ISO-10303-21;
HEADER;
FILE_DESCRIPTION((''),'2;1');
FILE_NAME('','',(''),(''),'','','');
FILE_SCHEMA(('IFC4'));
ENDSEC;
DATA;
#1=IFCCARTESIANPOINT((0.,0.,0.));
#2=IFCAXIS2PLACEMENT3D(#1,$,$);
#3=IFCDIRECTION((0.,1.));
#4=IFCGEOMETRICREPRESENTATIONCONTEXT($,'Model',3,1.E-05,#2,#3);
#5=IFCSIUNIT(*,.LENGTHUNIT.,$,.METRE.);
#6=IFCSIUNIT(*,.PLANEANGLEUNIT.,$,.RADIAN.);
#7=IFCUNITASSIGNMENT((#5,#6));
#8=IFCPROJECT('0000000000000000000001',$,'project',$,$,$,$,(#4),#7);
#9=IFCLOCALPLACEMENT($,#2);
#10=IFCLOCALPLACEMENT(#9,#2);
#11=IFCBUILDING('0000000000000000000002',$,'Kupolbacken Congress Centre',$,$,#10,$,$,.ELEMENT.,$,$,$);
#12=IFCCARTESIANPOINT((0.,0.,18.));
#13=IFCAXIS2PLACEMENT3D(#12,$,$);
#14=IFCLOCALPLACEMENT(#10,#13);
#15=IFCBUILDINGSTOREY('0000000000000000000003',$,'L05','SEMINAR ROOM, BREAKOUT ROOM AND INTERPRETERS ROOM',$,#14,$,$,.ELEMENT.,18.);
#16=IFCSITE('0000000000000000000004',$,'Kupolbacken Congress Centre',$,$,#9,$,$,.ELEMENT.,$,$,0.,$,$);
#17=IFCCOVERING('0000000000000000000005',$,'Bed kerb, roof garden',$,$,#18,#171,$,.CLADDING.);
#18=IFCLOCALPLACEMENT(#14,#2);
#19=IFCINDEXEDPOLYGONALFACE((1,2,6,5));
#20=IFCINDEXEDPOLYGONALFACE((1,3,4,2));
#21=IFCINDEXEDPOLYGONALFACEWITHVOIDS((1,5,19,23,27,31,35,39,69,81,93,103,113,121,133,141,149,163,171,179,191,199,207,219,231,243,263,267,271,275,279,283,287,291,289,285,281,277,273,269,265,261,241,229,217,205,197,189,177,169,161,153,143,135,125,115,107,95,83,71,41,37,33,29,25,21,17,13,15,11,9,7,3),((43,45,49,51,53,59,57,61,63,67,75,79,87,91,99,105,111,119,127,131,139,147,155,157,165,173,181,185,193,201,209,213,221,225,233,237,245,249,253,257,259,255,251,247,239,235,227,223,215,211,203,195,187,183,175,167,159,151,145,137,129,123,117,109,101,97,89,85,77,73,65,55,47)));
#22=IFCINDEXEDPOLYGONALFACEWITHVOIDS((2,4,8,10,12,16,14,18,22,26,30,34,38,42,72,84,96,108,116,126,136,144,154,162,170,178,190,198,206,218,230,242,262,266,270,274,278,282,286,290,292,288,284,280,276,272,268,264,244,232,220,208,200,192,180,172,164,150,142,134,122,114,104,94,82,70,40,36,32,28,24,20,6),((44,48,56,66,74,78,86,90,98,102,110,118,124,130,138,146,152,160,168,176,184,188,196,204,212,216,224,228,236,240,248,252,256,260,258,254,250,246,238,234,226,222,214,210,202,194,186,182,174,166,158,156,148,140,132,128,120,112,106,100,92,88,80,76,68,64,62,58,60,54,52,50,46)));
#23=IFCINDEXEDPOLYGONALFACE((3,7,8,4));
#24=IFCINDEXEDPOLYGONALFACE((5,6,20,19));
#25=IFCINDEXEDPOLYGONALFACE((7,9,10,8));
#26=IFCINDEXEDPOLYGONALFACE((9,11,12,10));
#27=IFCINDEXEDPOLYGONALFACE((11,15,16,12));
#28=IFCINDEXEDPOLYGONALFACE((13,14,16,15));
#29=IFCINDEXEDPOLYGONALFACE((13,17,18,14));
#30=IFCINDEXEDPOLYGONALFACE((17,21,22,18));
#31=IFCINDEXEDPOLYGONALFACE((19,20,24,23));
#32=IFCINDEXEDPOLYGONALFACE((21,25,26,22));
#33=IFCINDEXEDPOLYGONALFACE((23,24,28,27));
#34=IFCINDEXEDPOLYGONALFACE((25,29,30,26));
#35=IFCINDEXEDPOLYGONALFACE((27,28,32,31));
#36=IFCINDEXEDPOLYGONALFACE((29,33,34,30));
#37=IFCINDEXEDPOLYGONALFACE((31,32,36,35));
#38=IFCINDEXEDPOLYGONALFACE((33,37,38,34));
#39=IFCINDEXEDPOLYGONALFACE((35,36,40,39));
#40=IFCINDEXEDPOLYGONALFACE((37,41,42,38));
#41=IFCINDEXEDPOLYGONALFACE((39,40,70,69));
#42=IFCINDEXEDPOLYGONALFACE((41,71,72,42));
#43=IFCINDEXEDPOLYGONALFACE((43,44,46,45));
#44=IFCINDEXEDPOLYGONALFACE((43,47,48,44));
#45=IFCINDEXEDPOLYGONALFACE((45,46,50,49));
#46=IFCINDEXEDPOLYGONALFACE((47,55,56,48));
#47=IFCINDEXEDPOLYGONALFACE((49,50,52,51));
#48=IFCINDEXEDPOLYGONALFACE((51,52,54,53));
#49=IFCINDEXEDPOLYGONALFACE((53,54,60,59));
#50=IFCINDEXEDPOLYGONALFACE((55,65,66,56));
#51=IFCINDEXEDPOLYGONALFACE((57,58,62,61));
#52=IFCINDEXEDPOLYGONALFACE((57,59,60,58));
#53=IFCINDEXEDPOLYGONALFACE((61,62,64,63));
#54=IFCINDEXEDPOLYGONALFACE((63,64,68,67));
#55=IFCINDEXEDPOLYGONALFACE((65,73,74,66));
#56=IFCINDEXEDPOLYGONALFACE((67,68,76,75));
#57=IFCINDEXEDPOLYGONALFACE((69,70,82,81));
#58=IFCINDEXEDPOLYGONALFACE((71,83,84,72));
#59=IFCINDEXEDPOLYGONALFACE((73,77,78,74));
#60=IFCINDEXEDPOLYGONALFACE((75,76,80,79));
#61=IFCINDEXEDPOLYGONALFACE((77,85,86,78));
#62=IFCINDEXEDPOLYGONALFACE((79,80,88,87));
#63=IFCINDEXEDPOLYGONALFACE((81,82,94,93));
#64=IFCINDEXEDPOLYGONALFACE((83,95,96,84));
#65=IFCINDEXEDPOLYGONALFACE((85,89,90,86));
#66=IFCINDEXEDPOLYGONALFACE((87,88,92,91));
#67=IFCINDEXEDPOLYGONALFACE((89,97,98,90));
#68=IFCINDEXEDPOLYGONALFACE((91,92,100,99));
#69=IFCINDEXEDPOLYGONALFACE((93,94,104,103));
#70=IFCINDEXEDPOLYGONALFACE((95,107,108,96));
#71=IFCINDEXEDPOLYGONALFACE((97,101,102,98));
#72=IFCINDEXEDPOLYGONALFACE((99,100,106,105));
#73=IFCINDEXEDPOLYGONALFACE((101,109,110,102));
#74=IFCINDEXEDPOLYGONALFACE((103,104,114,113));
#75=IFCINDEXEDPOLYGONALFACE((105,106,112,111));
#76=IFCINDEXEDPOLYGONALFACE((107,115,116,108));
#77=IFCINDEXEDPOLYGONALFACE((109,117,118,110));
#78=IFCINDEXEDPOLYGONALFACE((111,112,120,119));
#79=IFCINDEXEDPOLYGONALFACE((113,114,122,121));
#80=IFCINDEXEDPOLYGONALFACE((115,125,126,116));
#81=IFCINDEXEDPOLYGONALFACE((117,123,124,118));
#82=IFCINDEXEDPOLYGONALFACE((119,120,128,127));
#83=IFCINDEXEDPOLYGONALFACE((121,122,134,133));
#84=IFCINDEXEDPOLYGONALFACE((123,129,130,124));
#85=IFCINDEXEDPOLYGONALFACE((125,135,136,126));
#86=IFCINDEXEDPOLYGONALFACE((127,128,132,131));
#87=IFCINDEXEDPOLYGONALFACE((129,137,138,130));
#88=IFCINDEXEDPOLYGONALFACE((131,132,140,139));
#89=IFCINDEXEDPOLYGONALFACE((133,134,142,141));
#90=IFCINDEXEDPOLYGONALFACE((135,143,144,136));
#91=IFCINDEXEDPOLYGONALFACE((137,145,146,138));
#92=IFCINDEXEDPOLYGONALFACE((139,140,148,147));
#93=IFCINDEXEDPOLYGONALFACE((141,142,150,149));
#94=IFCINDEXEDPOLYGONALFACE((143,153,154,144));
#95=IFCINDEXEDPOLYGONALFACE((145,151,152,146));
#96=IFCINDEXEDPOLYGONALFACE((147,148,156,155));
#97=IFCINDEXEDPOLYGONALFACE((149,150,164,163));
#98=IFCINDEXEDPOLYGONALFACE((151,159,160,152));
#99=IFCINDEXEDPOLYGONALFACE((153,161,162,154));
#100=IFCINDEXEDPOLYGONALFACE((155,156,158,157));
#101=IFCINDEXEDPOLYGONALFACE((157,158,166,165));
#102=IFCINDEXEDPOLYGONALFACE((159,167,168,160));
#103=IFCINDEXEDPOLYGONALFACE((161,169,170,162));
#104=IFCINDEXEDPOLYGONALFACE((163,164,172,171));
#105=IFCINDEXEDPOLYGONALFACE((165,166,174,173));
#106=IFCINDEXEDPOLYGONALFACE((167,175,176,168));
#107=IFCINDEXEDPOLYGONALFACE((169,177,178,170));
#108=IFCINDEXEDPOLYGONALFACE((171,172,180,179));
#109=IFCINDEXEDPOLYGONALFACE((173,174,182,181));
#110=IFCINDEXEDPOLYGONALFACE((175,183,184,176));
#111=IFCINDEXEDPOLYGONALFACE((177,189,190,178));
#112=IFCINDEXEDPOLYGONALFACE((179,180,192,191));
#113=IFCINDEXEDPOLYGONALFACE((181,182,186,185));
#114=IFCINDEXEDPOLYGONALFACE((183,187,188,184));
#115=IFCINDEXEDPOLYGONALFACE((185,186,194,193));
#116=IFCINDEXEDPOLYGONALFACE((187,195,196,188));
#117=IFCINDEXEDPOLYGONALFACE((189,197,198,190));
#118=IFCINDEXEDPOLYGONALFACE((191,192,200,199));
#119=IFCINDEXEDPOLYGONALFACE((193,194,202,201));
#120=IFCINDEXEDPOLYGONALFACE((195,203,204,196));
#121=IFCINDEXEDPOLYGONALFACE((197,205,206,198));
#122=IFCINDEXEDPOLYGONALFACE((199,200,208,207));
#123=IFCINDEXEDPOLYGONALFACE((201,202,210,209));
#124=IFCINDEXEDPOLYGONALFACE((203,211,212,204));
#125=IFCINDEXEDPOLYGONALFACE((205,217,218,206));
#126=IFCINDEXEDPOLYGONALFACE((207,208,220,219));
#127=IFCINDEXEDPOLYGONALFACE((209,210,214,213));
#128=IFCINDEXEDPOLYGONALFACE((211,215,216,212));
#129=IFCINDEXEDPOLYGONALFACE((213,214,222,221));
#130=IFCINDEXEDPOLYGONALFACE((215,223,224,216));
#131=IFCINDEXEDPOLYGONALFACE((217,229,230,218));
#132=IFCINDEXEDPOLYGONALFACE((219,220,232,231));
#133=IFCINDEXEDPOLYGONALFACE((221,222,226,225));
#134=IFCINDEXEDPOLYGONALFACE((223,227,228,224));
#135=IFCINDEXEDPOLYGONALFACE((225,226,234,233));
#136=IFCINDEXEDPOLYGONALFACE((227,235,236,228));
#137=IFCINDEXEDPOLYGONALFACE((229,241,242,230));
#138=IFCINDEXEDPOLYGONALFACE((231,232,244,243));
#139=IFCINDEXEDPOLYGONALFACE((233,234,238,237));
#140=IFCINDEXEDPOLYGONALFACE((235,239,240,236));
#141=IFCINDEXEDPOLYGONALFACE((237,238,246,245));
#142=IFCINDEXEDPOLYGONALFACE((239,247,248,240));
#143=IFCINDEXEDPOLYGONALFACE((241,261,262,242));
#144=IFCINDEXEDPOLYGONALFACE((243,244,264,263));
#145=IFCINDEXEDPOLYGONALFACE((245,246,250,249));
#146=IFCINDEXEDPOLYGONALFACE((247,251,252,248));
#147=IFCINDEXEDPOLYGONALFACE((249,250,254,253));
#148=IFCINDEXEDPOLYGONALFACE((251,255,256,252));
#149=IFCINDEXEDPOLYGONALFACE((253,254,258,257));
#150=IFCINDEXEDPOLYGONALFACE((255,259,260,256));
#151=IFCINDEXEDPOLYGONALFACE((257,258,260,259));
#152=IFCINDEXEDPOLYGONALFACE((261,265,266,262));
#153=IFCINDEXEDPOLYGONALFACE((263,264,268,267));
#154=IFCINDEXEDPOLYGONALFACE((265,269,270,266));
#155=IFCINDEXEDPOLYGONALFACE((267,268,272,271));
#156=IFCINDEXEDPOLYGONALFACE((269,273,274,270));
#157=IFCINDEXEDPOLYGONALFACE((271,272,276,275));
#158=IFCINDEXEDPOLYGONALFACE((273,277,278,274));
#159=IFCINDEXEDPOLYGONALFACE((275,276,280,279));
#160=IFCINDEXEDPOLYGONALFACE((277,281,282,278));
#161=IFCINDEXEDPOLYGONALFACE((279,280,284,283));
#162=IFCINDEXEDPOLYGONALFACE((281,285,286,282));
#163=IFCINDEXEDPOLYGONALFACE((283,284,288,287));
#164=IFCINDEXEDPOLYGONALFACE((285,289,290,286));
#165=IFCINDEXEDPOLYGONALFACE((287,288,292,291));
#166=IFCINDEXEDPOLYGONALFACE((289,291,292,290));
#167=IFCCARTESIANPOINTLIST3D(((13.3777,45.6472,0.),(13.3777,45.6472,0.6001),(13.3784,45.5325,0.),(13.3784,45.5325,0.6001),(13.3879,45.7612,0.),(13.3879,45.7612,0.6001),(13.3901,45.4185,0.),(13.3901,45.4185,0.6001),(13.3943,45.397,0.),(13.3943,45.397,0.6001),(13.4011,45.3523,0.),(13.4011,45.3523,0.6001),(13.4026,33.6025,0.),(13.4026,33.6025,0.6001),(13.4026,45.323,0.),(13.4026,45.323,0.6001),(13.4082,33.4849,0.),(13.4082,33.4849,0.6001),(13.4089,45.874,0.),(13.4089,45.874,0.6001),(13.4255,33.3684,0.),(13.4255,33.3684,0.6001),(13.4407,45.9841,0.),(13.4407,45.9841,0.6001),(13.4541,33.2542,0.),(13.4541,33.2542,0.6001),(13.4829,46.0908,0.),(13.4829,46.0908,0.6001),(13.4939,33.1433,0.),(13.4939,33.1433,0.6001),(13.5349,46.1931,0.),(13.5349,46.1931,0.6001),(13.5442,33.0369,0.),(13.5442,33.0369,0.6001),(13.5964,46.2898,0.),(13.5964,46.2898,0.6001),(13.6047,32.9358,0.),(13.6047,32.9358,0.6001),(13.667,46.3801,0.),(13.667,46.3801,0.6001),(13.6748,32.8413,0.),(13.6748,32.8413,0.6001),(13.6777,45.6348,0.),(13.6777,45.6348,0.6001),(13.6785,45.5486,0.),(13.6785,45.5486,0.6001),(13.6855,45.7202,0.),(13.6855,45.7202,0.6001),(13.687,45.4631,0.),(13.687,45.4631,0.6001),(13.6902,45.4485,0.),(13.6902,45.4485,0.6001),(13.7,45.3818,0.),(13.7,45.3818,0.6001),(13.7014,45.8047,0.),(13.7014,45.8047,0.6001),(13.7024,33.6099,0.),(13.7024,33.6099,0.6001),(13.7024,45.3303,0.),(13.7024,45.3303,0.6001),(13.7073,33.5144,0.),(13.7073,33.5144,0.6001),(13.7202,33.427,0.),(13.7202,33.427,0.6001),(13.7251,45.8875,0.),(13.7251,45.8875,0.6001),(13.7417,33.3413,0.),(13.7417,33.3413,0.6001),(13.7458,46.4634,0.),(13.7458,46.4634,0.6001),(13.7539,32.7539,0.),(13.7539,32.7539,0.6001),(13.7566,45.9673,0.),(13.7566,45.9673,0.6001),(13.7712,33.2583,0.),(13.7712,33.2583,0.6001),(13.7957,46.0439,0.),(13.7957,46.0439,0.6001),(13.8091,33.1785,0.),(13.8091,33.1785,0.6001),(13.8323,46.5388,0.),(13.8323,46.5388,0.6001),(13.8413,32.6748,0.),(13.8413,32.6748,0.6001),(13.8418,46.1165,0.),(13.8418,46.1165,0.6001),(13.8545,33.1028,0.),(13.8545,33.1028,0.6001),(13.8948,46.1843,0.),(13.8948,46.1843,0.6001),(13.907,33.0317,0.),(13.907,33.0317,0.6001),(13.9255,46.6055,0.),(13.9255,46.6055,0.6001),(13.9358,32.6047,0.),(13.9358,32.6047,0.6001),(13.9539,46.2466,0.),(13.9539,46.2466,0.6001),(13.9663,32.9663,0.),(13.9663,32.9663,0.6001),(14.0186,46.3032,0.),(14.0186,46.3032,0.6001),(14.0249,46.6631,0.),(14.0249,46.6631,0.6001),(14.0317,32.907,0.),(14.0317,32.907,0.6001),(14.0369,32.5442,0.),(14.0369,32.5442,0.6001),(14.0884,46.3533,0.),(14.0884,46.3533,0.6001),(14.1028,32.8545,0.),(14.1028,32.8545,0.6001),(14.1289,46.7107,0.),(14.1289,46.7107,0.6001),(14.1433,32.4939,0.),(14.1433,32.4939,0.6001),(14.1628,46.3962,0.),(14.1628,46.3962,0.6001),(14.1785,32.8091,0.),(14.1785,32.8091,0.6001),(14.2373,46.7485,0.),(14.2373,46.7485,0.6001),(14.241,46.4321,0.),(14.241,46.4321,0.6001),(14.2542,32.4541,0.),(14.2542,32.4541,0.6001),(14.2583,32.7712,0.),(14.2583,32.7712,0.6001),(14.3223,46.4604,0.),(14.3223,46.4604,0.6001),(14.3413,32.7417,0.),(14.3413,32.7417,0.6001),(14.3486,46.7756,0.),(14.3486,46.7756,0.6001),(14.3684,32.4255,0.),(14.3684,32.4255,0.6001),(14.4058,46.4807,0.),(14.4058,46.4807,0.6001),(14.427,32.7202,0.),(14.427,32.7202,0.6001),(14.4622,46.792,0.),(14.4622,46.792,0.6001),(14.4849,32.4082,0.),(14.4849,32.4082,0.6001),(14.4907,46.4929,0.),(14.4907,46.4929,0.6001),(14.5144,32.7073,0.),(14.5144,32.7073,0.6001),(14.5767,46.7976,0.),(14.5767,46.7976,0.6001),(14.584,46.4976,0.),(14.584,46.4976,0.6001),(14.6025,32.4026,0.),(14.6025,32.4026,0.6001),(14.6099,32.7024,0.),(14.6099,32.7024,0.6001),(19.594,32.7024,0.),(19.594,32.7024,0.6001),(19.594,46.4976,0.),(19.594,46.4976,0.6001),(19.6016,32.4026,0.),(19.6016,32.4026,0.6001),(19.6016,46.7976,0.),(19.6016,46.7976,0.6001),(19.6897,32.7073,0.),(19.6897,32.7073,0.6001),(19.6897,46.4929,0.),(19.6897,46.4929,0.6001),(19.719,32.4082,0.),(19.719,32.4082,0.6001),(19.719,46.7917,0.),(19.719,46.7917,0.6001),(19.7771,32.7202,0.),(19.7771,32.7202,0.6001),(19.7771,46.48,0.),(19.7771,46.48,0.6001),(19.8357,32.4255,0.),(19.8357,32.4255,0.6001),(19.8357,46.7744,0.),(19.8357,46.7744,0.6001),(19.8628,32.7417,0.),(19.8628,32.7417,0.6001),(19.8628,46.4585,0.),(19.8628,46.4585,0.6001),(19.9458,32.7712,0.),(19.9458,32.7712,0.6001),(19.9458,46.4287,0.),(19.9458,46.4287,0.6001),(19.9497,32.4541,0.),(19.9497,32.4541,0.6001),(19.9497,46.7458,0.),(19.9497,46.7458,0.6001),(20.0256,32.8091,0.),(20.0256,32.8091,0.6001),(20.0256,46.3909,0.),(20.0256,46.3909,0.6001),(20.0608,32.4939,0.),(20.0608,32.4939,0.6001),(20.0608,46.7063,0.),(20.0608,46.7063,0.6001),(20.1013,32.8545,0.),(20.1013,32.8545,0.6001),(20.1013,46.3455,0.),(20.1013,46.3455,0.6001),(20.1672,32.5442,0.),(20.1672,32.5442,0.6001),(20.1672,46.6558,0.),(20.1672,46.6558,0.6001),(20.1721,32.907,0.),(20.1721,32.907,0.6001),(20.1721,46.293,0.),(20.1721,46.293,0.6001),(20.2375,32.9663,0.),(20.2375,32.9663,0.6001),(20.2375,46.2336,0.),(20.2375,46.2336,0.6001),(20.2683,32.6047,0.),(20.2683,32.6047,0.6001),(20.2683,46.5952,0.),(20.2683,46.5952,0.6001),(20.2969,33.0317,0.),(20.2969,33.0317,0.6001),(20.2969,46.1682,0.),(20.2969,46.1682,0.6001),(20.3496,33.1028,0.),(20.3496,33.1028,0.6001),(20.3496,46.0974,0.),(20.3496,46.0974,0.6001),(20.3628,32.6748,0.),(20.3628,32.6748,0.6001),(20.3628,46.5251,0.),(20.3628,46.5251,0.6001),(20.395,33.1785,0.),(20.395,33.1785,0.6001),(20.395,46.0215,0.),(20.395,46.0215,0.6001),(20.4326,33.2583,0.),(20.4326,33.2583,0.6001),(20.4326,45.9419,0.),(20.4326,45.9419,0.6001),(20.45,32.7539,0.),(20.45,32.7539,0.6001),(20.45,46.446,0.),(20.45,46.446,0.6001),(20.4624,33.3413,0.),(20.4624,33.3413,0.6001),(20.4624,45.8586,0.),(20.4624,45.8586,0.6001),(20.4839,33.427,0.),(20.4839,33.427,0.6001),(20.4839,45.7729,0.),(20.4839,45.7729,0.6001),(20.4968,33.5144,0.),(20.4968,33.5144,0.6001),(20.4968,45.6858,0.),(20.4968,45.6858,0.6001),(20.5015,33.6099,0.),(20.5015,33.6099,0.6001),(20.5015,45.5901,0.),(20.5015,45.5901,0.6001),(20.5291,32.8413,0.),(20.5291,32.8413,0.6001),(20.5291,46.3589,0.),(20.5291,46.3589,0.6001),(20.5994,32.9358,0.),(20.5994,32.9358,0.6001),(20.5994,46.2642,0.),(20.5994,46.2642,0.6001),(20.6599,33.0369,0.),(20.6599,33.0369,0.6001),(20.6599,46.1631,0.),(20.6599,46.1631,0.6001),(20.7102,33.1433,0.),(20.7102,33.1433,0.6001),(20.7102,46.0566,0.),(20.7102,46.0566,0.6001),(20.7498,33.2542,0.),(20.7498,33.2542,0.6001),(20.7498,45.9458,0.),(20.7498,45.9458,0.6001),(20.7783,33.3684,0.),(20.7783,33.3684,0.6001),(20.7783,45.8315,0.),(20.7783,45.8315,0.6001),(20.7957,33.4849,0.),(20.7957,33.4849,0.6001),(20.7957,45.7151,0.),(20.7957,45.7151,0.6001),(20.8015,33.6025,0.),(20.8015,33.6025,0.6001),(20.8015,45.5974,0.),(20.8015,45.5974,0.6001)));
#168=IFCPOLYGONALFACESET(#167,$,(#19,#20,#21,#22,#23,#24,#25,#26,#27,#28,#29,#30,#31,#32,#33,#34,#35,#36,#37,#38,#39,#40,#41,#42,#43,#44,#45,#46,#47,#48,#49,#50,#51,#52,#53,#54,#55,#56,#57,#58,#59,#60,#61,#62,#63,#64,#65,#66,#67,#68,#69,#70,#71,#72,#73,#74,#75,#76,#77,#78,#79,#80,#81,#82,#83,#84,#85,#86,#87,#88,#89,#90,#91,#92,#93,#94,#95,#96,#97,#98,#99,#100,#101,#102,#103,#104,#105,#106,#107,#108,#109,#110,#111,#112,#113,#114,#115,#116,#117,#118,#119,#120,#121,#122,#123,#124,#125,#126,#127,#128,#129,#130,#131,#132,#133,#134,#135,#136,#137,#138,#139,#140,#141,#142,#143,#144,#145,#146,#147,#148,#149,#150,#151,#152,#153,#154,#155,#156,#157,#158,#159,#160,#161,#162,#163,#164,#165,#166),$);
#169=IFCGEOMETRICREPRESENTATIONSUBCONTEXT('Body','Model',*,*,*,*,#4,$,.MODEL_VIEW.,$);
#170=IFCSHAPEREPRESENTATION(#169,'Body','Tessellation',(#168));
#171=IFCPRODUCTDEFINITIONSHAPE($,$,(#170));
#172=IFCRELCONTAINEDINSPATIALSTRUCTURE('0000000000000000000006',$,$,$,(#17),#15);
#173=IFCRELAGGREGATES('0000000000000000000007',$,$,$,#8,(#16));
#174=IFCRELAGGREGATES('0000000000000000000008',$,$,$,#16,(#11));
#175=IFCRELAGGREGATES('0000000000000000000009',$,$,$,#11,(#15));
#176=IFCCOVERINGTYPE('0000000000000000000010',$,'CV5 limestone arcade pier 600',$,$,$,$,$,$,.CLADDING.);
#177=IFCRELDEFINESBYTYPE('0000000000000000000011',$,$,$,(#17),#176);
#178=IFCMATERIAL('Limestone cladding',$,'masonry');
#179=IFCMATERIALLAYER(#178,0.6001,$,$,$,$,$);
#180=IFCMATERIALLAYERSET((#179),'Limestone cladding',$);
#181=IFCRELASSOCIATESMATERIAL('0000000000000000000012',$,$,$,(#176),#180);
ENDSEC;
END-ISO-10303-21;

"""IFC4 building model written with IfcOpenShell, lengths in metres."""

from ifc_helpers import new_model, si_unit, direction, frame, origin, place, context, subcontext, project, spatial, polyline, outline, extrude, material, layer, layer_set, type_object, element, save


model = new_model("IFC4")

# Units and contexts
model_context = context("Model", 3, precision=1e-05, world=origin(), true_north=direction((0.0, 1.0)))
body_context = subcontext(model_context, "Body", "Model", "MODEL_VIEW")
ifc_project = project(units=[si_unit("LENGTHUNIT", "METRE"), si_unit("PLANEANGLEUNIT", "RADIAN")], contexts=[model_context])

# Site, building, storey
site_placement = place(None, origin())
site = spatial("IfcSite", under=ifc_project, at=site_placement, Name="Kupolbacken Congress Centre", CompositionType="ELEMENT", RefElevation=0.0)
building_placement = place(site_placement, origin())
building = spatial("IfcBuilding", under=site, at=building_placement, Name="Kupolbacken Congress Centre", CompositionType="ELEMENT")
storey_placement = place(building_placement, frame((0.0, 0.0, 18.0)))
storey = spatial("IfcBuildingStorey", under=building, at=storey_placement, Name="L05", Description="SEMINAR ROOM, BREAKOUT ROOM AND INTERPRETERS ROOM", CompositionType="ELEMENT", Elevation=18.0)

# Covering
ifc_material_1 = material(Name="Limestone cladding", Category="masonry")
ifc_layer_1 = layer(ifc_material_1, 0.6001)
ifc_layer_set_1 = layer_set([ifc_layer_1], Name="Limestone cladding")
covering_type_1 = type_object("IfcCoveringType", Name="CV5 limestone arcade pier 600", PredefinedType="CLADDING", material=ifc_layer_set_1)
covering_1_placement = place(storey_placement, origin())
element("IfcCovering", 1, at=covering_1_placement, inside=storey, type_object=covering_type_1, Name="Bed kerb, roof garden", PredefinedType="CLADDING", context=body_context, shape_type="SweptSolid", body=[
    extrude(outline(polyline([(13.3901, 45.4185), (13.3784, 45.5325), (13.3777, 45.6472), (13.3879, 45.7612), (13.4089, 45.874), (13.4407, 45.9841), (13.4829, 46.0908), (13.5349, 46.1931), (13.5964, 46.2898), (13.667, 46.3801), (13.7458, 46.4634), (13.8323, 46.5388), (13.9255, 46.6055), (14.0249, 46.6631), (14.1289, 46.7107), (14.2373, 46.7485), (14.3486, 46.7756), (14.4622, 46.792), (14.5767, 46.7976), (19.6016, 46.7976), (19.719, 46.7917), (19.8357, 46.7744), (19.9497, 46.7458), (20.0608, 46.7063), (20.1672, 46.6558), (20.2683, 46.5952), (20.3628, 46.5251), (20.45, 46.446), (20.5291, 46.3589), (20.5994, 46.2642), (20.6599, 46.1631), (20.7102, 46.0566), (20.7498, 45.9458), (20.7783, 45.8315), (20.7957, 45.7151), (20.8015, 45.5974), (20.8015, 33.6025), (20.7957, 33.4849), (20.7783, 33.3684), (20.7498, 33.2542), (20.7102, 33.1433), (20.6599, 33.0369), (20.5994, 32.9358), (20.5291, 32.8413), (20.45, 32.7539), (20.3628, 32.6748), (20.2683, 32.6047), (20.1672, 32.5442), (20.0608, 32.4939), (19.9497, 32.4541), (19.8357, 32.4255), (19.719, 32.4082), (19.6016, 32.4026), (14.6025, 32.4026), (14.4849, 32.4082), (14.3684, 32.4255), (14.2542, 32.4541), (14.1433, 32.4939), (14.0369, 32.5442), (13.9358, 32.6047), (13.8413, 32.6748), (13.7539, 32.7539), (13.6748, 32.8413), (13.6047, 32.9358), (13.5442, 33.0369), (13.4939, 33.1433), (13.4541, 33.2542), (13.4255, 33.3684), (13.4082, 33.4849), (13.4026, 33.6025), (13.4026, 45.323), (13.4011, 45.3523), (13.3943, 45.397), (13.3901, 45.4185)]), holes=[polyline([(13.7, 45.3818), (13.7024, 45.3303), (13.7024, 33.6099), (13.7073, 33.5144), (13.7202, 33.427), (13.7417, 33.3413), (13.7712, 33.2583), (13.8091, 33.1785), (13.8545, 33.1028), (13.907, 33.0317), (13.9663, 32.9663), (14.0317, 32.907), (14.1028, 32.8545), (14.1785, 32.8091), (14.2583, 32.7712), (14.3413, 32.7417), (14.427, 32.7202), (14.5144, 32.7073), (14.6099, 32.7024), (19.594, 32.7024), (19.6897, 32.7073), (19.7771, 32.7202), (19.8628, 32.7417), (19.9458, 32.7712), (20.0256, 32.8091), (20.1013, 32.8545), (20.1721, 32.907), (20.2375, 32.9663), (20.2969, 33.0317), (20.3496, 33.1028), (20.395, 33.1785), (20.4326, 33.2583), (20.4624, 33.3413), (20.4839, 33.427), (20.4968, 33.5144), (20.5015, 33.6099), (20.5015, 45.5901), (20.4968, 45.6858), (20.4839, 45.7729), (20.4624, 45.8586), (20.4326, 45.9419), (20.395, 46.0215), (20.3496, 46.0974), (20.2969, 46.1682), (20.2375, 46.2336), (20.1721, 46.293), (20.1013, 46.3455), (20.0256, 46.3909), (19.9458, 46.4287), (19.8628, 46.4585), (19.7771, 46.48), (19.6897, 46.4929), (19.594, 46.4976), (14.584, 46.4976), (14.4907, 46.4929), (14.4058, 46.4807), (14.3223, 46.4604), (14.241, 46.4321), (14.1628, 46.3962), (14.0884, 46.3533), (14.0186, 46.3032), (13.9539, 46.2466), (13.8948, 46.1843), (13.8418, 46.1165), (13.7957, 46.0439), (13.7566, 45.9673), (13.7251, 45.8875), (13.7014, 45.8047), (13.6855, 45.7202), (13.6777, 45.6348), (13.6785, 45.5486), (13.687, 45.4631), (13.6902, 45.4485), (13.7, 45.3818)])]), origin(), (0.0, 0.0, 1.0), 0.6001),
])

save(model, "model.ifc")
